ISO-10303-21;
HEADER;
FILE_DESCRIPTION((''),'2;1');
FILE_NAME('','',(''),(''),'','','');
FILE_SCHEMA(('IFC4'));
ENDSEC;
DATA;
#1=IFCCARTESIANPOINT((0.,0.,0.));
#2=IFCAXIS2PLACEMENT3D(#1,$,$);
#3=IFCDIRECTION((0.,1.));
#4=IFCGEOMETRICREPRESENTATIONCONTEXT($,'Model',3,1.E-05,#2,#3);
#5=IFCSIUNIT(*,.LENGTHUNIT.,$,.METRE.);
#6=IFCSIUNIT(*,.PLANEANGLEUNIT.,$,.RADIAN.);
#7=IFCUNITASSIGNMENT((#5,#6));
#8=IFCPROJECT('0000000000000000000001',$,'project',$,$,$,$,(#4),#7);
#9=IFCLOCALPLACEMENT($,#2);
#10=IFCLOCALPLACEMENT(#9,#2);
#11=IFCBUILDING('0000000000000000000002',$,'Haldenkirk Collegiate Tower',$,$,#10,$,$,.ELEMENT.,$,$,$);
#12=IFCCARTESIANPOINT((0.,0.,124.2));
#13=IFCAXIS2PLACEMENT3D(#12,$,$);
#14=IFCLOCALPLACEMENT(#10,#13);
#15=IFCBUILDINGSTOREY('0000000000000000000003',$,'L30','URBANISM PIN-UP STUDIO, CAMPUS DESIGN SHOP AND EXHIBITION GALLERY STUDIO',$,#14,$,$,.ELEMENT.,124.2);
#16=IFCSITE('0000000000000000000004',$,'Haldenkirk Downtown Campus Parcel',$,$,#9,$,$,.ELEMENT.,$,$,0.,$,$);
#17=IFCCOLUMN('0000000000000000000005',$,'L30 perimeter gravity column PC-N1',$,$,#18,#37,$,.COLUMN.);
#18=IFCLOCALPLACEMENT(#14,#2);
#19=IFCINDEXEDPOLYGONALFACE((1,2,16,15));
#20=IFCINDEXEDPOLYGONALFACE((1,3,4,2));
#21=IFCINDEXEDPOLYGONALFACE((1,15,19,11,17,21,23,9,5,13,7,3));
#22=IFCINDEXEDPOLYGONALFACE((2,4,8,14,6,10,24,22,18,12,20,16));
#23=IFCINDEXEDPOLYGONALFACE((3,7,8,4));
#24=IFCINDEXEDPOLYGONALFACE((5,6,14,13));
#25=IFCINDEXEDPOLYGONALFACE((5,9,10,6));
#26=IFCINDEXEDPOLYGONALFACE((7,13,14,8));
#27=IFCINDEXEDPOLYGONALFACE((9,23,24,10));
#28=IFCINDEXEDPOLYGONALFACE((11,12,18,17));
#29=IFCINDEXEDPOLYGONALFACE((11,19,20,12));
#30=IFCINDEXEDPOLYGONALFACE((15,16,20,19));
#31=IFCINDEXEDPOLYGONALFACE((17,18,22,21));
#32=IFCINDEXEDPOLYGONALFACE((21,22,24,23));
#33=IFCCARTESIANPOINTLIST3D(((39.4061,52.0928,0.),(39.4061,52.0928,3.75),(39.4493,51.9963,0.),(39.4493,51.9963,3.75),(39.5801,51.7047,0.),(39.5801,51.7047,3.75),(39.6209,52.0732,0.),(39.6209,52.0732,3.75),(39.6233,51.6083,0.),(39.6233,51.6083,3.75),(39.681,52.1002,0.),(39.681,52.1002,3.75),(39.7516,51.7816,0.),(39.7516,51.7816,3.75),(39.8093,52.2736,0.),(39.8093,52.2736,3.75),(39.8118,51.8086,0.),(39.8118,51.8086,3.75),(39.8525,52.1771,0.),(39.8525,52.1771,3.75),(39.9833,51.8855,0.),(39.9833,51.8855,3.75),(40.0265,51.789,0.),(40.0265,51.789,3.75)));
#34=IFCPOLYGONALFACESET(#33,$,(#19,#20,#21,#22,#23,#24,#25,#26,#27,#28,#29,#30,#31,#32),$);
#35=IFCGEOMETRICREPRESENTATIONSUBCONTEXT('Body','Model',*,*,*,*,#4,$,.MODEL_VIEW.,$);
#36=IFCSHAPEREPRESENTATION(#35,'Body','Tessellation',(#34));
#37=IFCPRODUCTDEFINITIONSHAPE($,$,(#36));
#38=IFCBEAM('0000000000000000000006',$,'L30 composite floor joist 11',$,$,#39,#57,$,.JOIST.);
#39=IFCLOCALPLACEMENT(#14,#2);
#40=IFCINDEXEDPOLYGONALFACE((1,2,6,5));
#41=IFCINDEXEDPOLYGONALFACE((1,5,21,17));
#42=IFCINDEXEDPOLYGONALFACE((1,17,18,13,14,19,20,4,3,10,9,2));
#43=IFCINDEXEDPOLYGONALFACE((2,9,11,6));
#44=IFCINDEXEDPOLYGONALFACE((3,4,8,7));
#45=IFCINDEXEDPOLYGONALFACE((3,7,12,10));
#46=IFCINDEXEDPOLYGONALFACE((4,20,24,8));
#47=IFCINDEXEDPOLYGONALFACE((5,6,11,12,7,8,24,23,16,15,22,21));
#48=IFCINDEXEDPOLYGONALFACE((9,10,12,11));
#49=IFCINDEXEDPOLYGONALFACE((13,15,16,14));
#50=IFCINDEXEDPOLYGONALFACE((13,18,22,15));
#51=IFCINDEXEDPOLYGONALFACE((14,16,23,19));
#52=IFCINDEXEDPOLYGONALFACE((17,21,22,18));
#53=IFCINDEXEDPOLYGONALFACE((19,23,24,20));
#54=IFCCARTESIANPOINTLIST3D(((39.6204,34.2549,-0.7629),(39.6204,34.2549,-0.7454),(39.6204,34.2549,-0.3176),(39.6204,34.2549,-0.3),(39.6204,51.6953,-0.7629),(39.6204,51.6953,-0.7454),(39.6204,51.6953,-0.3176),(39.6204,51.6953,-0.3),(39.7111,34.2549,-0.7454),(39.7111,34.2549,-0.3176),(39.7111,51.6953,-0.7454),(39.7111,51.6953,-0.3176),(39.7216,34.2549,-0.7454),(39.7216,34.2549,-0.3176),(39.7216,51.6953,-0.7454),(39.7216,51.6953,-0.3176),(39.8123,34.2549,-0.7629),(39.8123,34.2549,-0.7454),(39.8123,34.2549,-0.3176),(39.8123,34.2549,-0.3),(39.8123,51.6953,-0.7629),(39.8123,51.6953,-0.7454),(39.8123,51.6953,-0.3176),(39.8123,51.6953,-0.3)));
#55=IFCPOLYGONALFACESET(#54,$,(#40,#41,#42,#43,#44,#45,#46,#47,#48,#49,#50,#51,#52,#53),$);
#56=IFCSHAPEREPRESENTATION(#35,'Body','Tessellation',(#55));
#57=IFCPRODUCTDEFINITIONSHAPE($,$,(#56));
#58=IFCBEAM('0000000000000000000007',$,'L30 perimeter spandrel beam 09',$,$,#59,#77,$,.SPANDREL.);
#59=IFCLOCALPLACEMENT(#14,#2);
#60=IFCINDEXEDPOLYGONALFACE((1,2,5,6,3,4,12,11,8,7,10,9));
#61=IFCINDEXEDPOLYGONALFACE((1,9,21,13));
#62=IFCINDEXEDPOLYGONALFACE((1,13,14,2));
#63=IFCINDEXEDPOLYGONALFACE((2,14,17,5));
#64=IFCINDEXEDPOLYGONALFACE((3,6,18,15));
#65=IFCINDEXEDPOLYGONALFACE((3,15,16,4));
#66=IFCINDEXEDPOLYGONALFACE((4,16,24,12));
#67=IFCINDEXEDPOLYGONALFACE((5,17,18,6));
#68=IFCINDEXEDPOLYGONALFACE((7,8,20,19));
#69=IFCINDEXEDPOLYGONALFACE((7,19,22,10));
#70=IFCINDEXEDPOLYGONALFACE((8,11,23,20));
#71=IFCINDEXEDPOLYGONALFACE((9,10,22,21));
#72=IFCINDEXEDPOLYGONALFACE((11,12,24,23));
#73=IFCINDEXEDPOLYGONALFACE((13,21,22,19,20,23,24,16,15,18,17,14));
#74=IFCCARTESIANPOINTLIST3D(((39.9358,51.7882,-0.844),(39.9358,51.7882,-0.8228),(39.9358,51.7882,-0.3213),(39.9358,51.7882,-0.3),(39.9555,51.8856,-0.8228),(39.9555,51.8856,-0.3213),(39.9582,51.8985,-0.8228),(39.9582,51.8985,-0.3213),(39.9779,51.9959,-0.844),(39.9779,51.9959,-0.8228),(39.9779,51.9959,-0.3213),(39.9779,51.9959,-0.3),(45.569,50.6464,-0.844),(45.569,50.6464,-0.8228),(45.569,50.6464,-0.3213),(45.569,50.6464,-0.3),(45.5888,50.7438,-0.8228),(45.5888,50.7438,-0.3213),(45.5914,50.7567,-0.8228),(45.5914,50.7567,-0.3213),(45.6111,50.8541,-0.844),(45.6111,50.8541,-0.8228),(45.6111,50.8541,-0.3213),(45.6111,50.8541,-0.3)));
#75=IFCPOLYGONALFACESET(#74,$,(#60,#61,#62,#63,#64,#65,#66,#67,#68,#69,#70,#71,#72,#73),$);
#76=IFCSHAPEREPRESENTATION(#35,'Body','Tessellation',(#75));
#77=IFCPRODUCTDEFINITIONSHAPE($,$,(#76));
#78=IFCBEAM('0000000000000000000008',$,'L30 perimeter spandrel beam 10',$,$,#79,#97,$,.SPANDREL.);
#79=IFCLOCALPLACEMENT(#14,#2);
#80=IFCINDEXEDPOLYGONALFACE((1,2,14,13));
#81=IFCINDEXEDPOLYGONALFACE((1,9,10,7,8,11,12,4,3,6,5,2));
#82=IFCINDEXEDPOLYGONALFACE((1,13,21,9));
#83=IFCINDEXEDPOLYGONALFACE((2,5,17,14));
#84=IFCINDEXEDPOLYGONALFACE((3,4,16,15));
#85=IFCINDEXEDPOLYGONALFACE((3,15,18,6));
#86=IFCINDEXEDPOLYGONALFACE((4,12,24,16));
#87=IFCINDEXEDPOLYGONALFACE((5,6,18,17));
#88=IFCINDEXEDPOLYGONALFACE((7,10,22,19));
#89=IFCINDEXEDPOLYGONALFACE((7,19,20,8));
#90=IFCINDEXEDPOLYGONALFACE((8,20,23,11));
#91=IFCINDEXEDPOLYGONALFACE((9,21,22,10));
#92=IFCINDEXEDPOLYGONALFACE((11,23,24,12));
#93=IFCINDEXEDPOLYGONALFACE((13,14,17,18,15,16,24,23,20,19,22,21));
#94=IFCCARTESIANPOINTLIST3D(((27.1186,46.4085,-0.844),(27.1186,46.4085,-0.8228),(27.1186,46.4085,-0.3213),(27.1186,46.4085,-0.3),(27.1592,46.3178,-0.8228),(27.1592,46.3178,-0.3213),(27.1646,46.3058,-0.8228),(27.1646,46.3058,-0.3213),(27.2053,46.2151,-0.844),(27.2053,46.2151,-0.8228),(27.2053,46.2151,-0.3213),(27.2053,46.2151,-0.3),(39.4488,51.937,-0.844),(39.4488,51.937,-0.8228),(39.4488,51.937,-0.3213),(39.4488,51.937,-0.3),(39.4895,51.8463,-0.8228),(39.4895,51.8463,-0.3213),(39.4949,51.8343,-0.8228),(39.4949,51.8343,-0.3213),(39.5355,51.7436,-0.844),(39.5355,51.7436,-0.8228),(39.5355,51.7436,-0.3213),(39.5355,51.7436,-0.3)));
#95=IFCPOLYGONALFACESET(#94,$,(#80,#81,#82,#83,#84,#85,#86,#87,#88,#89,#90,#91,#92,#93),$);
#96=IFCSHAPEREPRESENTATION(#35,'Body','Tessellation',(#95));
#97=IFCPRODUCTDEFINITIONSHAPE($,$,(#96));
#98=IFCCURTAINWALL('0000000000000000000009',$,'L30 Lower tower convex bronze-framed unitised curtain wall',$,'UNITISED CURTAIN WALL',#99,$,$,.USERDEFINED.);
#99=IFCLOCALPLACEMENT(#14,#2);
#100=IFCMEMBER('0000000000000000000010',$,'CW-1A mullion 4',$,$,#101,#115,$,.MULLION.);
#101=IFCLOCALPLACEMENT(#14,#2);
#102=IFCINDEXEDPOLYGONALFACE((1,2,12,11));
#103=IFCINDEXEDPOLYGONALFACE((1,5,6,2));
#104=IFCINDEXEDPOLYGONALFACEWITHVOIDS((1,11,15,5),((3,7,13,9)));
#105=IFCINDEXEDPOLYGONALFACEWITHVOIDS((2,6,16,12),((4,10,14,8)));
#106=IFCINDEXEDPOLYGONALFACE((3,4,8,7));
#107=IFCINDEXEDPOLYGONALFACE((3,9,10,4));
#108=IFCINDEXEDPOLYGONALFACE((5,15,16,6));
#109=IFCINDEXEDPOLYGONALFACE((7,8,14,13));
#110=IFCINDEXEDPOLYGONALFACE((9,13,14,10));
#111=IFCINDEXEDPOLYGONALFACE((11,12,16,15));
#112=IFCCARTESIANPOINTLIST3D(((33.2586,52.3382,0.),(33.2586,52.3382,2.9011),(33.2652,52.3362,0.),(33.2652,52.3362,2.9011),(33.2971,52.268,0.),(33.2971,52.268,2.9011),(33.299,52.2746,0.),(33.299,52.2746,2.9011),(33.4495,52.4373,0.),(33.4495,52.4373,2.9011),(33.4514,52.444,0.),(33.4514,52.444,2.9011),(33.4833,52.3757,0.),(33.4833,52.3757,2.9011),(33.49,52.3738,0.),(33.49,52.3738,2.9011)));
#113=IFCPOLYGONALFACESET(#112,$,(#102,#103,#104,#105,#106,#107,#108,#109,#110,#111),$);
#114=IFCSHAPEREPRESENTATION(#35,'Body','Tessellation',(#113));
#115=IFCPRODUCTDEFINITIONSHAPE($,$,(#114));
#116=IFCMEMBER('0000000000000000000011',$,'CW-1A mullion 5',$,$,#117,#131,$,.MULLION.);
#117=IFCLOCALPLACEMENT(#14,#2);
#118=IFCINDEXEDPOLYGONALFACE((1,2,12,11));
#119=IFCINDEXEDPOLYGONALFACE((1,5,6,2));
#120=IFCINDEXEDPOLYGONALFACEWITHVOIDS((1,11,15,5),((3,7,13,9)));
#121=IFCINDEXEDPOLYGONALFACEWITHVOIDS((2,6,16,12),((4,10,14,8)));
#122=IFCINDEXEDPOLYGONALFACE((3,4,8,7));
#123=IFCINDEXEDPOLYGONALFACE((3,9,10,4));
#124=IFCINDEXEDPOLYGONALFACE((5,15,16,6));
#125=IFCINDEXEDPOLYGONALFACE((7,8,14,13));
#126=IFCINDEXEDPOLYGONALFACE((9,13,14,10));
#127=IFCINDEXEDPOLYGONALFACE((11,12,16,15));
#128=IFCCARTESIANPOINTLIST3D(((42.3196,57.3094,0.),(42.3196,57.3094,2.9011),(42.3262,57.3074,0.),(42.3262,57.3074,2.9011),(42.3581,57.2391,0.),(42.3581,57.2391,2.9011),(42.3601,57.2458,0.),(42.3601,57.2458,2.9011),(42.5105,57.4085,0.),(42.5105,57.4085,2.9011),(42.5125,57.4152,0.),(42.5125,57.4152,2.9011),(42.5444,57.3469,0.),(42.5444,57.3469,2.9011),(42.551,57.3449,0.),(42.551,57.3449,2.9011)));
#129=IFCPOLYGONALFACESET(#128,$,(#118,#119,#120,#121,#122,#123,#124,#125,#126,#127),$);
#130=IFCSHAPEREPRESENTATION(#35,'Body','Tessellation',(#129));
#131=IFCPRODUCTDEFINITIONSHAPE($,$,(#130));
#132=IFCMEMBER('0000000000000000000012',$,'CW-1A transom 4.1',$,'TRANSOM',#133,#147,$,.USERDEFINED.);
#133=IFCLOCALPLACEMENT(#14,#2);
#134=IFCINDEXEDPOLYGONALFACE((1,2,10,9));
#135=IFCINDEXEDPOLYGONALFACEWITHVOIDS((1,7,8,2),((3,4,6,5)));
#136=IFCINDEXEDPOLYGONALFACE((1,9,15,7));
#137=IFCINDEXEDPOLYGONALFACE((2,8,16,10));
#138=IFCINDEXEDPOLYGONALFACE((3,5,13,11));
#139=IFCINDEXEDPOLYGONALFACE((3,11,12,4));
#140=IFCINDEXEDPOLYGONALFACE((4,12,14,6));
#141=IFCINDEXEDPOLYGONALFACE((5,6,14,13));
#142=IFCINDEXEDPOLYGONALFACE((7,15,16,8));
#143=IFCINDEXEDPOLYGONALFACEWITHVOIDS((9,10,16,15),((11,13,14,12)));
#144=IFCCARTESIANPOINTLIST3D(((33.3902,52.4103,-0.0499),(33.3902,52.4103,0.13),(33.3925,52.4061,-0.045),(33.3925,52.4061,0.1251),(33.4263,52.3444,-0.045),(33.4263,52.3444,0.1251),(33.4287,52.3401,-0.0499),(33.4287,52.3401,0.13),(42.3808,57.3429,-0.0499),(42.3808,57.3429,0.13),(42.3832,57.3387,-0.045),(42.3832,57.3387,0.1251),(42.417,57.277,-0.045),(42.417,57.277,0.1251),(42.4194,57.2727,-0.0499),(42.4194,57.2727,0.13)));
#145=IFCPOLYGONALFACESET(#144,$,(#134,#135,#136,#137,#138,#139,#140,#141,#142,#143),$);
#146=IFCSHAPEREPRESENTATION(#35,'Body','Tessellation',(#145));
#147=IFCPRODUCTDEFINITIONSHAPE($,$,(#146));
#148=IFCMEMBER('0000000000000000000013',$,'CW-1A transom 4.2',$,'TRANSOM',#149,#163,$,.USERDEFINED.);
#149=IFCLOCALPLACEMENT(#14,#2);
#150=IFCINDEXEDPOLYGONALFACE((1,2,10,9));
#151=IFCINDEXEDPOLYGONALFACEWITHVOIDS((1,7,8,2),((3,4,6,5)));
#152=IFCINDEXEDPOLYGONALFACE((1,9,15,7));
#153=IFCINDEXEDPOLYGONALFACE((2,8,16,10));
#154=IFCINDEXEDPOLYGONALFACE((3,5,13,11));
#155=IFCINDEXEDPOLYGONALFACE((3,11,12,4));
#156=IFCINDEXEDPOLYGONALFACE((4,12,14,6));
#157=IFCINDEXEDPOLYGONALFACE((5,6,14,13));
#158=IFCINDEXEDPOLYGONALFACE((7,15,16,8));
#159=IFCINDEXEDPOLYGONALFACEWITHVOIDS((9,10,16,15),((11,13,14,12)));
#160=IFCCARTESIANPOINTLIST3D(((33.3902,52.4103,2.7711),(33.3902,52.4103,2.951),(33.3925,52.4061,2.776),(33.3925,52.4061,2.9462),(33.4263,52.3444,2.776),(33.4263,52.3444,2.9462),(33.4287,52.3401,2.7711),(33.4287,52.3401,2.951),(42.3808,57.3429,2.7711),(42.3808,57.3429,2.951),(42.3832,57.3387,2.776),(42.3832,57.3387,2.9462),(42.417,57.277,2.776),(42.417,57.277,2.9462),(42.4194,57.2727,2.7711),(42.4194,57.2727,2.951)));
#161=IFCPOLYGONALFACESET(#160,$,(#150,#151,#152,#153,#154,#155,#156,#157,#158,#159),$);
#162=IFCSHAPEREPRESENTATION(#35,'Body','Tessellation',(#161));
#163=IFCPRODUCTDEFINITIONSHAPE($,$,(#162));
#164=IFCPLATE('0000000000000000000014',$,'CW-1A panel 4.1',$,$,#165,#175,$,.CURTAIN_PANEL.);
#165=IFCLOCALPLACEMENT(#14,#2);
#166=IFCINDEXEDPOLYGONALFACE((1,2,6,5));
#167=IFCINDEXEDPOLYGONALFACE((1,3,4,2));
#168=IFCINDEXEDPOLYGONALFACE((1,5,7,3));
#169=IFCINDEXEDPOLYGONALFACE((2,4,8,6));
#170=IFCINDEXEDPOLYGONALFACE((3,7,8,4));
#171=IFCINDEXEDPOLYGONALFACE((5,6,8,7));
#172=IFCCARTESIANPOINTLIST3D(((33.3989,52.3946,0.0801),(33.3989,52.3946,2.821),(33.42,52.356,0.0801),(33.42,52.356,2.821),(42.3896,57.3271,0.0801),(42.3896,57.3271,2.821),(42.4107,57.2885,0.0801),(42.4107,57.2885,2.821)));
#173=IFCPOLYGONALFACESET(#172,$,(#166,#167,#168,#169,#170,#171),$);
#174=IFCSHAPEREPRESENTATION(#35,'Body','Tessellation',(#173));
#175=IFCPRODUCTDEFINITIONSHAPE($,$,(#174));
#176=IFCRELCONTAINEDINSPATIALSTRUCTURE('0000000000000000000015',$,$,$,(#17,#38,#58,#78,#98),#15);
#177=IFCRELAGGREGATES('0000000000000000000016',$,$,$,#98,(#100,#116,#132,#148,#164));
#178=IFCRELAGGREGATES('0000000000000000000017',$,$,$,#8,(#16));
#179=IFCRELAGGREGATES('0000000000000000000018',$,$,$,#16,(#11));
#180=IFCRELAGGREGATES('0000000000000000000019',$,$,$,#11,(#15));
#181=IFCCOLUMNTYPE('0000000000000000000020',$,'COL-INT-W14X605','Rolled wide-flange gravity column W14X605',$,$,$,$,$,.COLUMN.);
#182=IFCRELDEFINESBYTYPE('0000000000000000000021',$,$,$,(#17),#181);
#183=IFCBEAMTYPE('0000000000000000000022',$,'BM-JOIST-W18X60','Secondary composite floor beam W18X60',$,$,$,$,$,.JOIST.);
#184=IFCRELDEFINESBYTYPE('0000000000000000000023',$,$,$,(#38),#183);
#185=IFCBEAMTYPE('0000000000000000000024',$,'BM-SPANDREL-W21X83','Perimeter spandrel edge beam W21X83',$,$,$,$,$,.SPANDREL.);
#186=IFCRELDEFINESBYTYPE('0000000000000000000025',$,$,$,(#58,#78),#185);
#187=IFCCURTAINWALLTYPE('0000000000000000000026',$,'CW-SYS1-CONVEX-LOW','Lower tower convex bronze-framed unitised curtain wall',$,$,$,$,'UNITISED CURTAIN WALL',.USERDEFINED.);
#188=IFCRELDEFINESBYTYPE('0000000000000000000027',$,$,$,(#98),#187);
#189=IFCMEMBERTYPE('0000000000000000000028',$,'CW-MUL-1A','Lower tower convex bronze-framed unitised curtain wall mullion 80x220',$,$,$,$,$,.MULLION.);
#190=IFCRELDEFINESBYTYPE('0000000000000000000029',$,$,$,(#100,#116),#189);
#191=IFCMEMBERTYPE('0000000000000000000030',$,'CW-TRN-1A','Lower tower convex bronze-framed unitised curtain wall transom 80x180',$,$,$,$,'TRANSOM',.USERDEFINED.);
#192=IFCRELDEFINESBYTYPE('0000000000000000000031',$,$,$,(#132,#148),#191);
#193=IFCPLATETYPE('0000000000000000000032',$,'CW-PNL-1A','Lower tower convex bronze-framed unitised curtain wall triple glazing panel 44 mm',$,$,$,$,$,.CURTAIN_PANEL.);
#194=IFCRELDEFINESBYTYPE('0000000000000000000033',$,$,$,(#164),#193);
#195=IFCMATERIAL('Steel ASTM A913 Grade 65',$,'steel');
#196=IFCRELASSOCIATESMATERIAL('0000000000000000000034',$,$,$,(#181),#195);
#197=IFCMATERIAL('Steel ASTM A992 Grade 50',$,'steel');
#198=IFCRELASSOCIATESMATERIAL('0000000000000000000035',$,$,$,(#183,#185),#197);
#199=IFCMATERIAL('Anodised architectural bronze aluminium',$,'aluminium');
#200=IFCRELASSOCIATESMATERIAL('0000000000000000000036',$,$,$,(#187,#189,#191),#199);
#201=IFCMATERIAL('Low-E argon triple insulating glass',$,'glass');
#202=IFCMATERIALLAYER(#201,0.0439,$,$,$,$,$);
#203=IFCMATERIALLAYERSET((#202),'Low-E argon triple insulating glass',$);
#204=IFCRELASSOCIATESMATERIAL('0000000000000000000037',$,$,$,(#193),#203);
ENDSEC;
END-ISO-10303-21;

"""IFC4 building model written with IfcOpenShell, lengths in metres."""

from ifc_helpers import new_model, si_unit, direction, frame, origin, origin_2d, place, context, subcontext, project, spatial, rectangle, hollow_rectangle, i_section, extrude, source, transform, mapped, material, layer, layer_set, material_profile, profile_set, type_object, element, aggregate, save


model = new_model("IFC4")

# Units and contexts
model_context = context("Model", 3, precision=1e-05, world=origin(), true_north=direction((0.0, 1.0)))
body_context = subcontext(model_context, "Body", "Model", "MODEL_VIEW")
ifc_project = project(units=[si_unit("LENGTHUNIT", "METRE"), si_unit("PLANEANGLEUNIT", "RADIAN")], contexts=[model_context])

# Site, building, storey
site_placement = place(None, origin())
site = spatial("IfcSite", under=ifc_project, at=site_placement, Name="Haldenkirk Downtown Campus Parcel", CompositionType="ELEMENT", RefElevation=0.0)
building_placement = place(site_placement, origin())
building = spatial("IfcBuilding", under=site, at=building_placement, Name="Haldenkirk Collegiate Tower", CompositionType="ELEMENT")
storey_placement = place(building_placement, frame((0.0, 0.0, 124.2)))
storey = spatial("IfcBuildingStorey", under=building, at=storey_placement, Name="L30", Description="URBANISM PIN-UP STUDIO, CAMPUS DESIGN SHOP AND EXHIBITION GALLERY STUDIO", CompositionType="ELEMENT", Elevation=124.2)

# Column
ifc_material_1 = material(Name="Steel ASTM A913 Grade 65", Category="steel")
ifc_material_profile_1 = material_profile(ifc_material_1, i_section(OverallWidth=0.4419, OverallDepth=0.531, WebThickness=0.0659, FlangeThickness=0.1057, at=origin_2d()), Name="W14X605")
ifc_profile_set_1 = profile_set([ifc_material_profile_1], Name="Steel ASTM A913 Grade 65")
column_type = type_object("IfcColumnType", Name="COL-INT-W14X605", Description="Rolled wide-flange gravity column W14X605", PredefinedType="COLUMN", material=ifc_profile_set_1)
column_placement = place(storey_placement, frame((39.7163, 51.9409, 0.0), z_axis=(0.0, 0.0, 1.0), x_axis=(0.912477, 0.409127, 0.0)))
element("IfcColumn", 1, at=column_placement, inside=storey, type_object=column_type, Name="L30 perimeter gravity column PC-N1", PredefinedType="COLUMN", context=body_context, shape_type="SweptSolid", body=[
    extrude(i_section(OverallWidth=0.4419, OverallDepth=0.531, WebThickness=0.0659, FlangeThickness=0.1057, at=origin_2d()), origin(), (0.0, 0.0, 1.0), 3.75),
])

# Beams
ifc_material_2 = material(Name="Steel ASTM A992 Grade 50", Category="steel")
ifc_material_profile_2 = material_profile(ifc_material_2, i_section(OverallWidth=0.1919, OverallDepth=0.4629, WebThickness=0.0105, FlangeThickness=0.0176, at=origin_2d()), Name="W18X60")
ifc_profile_set_2 = profile_set([ifc_material_profile_2], Name="Steel ASTM A992 Grade 50")
beam_type_1 = type_object("IfcBeamType", Name="BM-JOIST-W18X60", Description="Secondary composite floor beam W18X60", PredefinedType="JOIST", material=ifc_profile_set_2)
beam_1_placement = place(storey_placement, frame((39.7163, 51.6953, -0.5315), z_axis=(0.0, -1.0, 0.0), x_axis=(1.0, 0.0, 0.0)))
element("IfcBeam", 2, at=beam_1_placement, inside=storey, type_object=beam_type_1, Name="L30 composite floor joist 11", PredefinedType="JOIST", context=body_context, shape_type="SweptSolid", body=[
    extrude(i_section(OverallWidth=0.1919, OverallDepth=0.4629, WebThickness=0.0105, FlangeThickness=0.0176, at=origin_2d()), origin(), (0.0, 0.0, 1.0), 17.4404),
])
ifc_material_profile_3 = material_profile(ifc_material_2, i_section(OverallWidth=0.2119, OverallDepth=0.5439, WebThickness=0.0132, FlangeThickness=0.0212, at=origin_2d()), Name="W21X83")
ifc_profile_set_3 = profile_set([ifc_material_profile_3], Name="Steel ASTM A992 Grade 50")
beam_type_2 = type_object("IfcBeamType", Name="BM-SPANDREL-W21X83", Description="Perimeter spandrel edge beam W21X83", PredefinedType="SPANDREL", material=ifc_profile_set_3)
beam_2_placement = place(storey_placement, frame((45.5901, 50.7502, -0.572), z_axis=(-0.980069, 0.198656, 0.0), x_axis=(-0.198656, -0.980069, 0.0)))
element("IfcBeam", 3, at=beam_2_placement, inside=storey, type_object=beam_type_2, Name="L30 perimeter spandrel beam 09", PredefinedType="SPANDREL", context=body_context, shape_type="SweptSolid", body=[
    extrude(i_section(OverallWidth=0.2119, OverallDepth=0.5439, WebThickness=0.0132, FlangeThickness=0.0212, at=origin_2d()), origin(), (0.0, 0.0, 1.0), 5.7478),
])
beam_3_placement = place(storey_placement, frame((39.4922, 51.8403, -0.572), z_axis=(-0.912477, -0.409129, 0.0), x_axis=(0.409129, -0.912477, 0.0)))
element("IfcBeam", 4, at=beam_3_placement, inside=storey, type_object=beam_type_2, Name="L30 perimeter spandrel beam 10", PredefinedType="SPANDREL", context=body_context, shape_type="SweptSolid", body=[
    extrude(i_section(OverallWidth=0.2119, OverallDepth=0.5439, WebThickness=0.0132, FlangeThickness=0.0212, at=origin_2d()), origin(), (0.0, 0.0, 1.0), 13.5129),
])

# Curtain wall, members, plate
ifc_material_3 = material(Name="Anodised architectural bronze aluminium", Category="aluminium")
curtain_wall_type = type_object("IfcCurtainWallType", Name="CW-SYS1-CONVEX-LOW", Description="Lower tower convex bronze-framed unitised curtain wall", ElementType="UNITISED CURTAIN WALL", PredefinedType="USERDEFINED", material=ifc_material_3)
curtain_wall_placement = place(storey_placement, origin())
curtain_wall = element("IfcCurtainWall", 5, at=curtain_wall_placement, inside=storey, type_object=curtain_wall_type, Name="L30 Lower tower convex bronze-framed unitised curtain wall", ObjectType="UNITISED CURTAIN WALL", PredefinedType="USERDEFINED")
ifc_material_profile_4 = material_profile(ifc_material_3, hollow_rectangle(XDim=0.0801, YDim=0.22, WallThickness=0.0049, at=origin_2d()), Name="CW-MUL-1A")
ifc_profile_set_4 = profile_set([ifc_material_profile_4], Name="Anodised architectural bronze aluminium")
member_type_1 = type_object("IfcMemberType", Name="CW-MUL-1A", Description="Lower tower convex bronze-framed unitised curtain wall mullion 80x220", PredefinedType="MULLION", material=ifc_profile_set_4)
member_1_placement = place(storey_placement, frame((33.3743, 52.356, 0.0), z_axis=(0.0, 0.0, 1.0), x_axis=(-0.480989, 0.876727, 0.0)))
member_1 = element("IfcMember", 6, at=member_1_placement, type_object=member_type_1, Name="CW-1A mullion 4", PredefinedType="MULLION", context=body_context, shape_type="SweptSolid", body=[
    extrude(hollow_rectangle(XDim=0.0801, YDim=0.22, WallThickness=0.0049, at=origin_2d()), origin(), (0.0, 0.0, 1.0), 2.9011),
])
member_2_placement = place(storey_placement, frame((42.4353, 57.3271, 0.0), z_axis=(0.0, 0.0, 1.0), x_axis=(-0.480989, 0.876727, 0.0)))
member_2 = element("IfcMember", 7, at=member_2_placement, type_object=member_type_1, Name="CW-1A mullion 5", PredefinedType="MULLION", context=body_context, shape_type="SweptSolid", body=[
    extrude(hollow_rectangle(XDim=0.0801, YDim=0.22, WallThickness=0.0049, at=origin_2d()), origin(), (0.0, 0.0, 1.0), 2.9011),
])
ifc_material_profile_5 = material_profile(ifc_material_3, hollow_rectangle(XDim=0.0801, YDim=0.1799, WallThickness=0.0049, at=origin_2d()), Name="CW-TRN-1A")
ifc_profile_set_5 = profile_set([ifc_material_profile_5], Name="Anodised architectural bronze aluminium")
member_type_2 = type_object("IfcMemberType", Name="CW-TRN-1A", Description="Lower tower convex bronze-framed unitised curtain wall transom 80x180", ElementType="TRANSOM", PredefinedType="USERDEFINED", material=ifc_profile_set_5)
member_3_placement = place(storey_placement, frame((33.4094, 52.3752, 0.04), z_axis=(0.876721, 0.480999, 0.0), x_axis=(-0.480999, 0.876721, 0.0)))
member_3 = element("IfcMember", 8, at=member_3_placement, type_object=member_type_2, Name="CW-1A transom 4.1", ObjectType="TRANSOM", PredefinedType="USERDEFINED", context=body_context, shape_type="SweptSolid", body=[
    extrude(hollow_rectangle(XDim=0.0801, YDim=0.1799, WallThickness=0.0049, at=origin_2d()), origin(), (0.0, 0.0, 1.0), 10.2549),
])
member_4_placement = place(storey_placement, frame((33.4094, 52.3752, 2.8611), z_axis=(0.876721, 0.480999, 0.0), x_axis=(-0.480999, 0.876721, 0.0)))
member_4 = element("IfcMember", 9, at=member_4_placement, type_object=member_type_2, Name="CW-1A transom 4.2", ObjectType="TRANSOM", PredefinedType="USERDEFINED", context=body_context, shape_type="SweptSolid", body=[
    extrude(hollow_rectangle(XDim=0.0801, YDim=0.1799, WallThickness=0.0049, at=origin_2d()), origin(), (0.0, 0.0, 1.0), 10.2549),
])
ifc_material_4 = material(Name="Low-E argon triple insulating glass", Category="glass")
ifc_layer_1 = layer(ifc_material_4, 0.0439)
ifc_layer_set_1 = layer_set([ifc_layer_1], Name="Low-E argon triple insulating glass")
plate_type = type_object("IfcPlateType", Name="CW-PNL-1A", Description="Lower tower convex bronze-framed unitised curtain wall triple glazing panel 44 mm", PredefinedType="CURTAIN_PANEL", material=ifc_layer_set_1)
shared_shape_1 = source(origin(), body_context, "Body", "SweptSolid", [
    extrude(rectangle(XDim=10.2549, YDim=0.0439, at=origin_2d()), origin(), (0.0, 0.0, 1.0), 2.741),
])
plate_placement = place(storey_placement, frame((37.9048, 54.8416, 0.0801), z_axis=(0.0, 0.0, 1.0), x_axis=(0.876727, 0.480989, 0.0)))
plate = element("IfcPlate", 10, at=plate_placement, type_object=plate_type, Name="CW-1A panel 4.1", PredefinedType="CURTAIN_PANEL", context=body_context, shape_type="MappedRepresentation", body=[
    mapped(shared_shape_1, transform((0.0, 0.0, 0.0), x_axis=(1.0, 0.0, 0.0), y_axis=(0.0, 1.0, 0.0), z_axis=(0.0, 0.0, 1.0), scale=1.0)),
])
aggregate(curtain_wall, [member_1, member_2, member_3, member_4, plate])

save(model, "model.ifc")
